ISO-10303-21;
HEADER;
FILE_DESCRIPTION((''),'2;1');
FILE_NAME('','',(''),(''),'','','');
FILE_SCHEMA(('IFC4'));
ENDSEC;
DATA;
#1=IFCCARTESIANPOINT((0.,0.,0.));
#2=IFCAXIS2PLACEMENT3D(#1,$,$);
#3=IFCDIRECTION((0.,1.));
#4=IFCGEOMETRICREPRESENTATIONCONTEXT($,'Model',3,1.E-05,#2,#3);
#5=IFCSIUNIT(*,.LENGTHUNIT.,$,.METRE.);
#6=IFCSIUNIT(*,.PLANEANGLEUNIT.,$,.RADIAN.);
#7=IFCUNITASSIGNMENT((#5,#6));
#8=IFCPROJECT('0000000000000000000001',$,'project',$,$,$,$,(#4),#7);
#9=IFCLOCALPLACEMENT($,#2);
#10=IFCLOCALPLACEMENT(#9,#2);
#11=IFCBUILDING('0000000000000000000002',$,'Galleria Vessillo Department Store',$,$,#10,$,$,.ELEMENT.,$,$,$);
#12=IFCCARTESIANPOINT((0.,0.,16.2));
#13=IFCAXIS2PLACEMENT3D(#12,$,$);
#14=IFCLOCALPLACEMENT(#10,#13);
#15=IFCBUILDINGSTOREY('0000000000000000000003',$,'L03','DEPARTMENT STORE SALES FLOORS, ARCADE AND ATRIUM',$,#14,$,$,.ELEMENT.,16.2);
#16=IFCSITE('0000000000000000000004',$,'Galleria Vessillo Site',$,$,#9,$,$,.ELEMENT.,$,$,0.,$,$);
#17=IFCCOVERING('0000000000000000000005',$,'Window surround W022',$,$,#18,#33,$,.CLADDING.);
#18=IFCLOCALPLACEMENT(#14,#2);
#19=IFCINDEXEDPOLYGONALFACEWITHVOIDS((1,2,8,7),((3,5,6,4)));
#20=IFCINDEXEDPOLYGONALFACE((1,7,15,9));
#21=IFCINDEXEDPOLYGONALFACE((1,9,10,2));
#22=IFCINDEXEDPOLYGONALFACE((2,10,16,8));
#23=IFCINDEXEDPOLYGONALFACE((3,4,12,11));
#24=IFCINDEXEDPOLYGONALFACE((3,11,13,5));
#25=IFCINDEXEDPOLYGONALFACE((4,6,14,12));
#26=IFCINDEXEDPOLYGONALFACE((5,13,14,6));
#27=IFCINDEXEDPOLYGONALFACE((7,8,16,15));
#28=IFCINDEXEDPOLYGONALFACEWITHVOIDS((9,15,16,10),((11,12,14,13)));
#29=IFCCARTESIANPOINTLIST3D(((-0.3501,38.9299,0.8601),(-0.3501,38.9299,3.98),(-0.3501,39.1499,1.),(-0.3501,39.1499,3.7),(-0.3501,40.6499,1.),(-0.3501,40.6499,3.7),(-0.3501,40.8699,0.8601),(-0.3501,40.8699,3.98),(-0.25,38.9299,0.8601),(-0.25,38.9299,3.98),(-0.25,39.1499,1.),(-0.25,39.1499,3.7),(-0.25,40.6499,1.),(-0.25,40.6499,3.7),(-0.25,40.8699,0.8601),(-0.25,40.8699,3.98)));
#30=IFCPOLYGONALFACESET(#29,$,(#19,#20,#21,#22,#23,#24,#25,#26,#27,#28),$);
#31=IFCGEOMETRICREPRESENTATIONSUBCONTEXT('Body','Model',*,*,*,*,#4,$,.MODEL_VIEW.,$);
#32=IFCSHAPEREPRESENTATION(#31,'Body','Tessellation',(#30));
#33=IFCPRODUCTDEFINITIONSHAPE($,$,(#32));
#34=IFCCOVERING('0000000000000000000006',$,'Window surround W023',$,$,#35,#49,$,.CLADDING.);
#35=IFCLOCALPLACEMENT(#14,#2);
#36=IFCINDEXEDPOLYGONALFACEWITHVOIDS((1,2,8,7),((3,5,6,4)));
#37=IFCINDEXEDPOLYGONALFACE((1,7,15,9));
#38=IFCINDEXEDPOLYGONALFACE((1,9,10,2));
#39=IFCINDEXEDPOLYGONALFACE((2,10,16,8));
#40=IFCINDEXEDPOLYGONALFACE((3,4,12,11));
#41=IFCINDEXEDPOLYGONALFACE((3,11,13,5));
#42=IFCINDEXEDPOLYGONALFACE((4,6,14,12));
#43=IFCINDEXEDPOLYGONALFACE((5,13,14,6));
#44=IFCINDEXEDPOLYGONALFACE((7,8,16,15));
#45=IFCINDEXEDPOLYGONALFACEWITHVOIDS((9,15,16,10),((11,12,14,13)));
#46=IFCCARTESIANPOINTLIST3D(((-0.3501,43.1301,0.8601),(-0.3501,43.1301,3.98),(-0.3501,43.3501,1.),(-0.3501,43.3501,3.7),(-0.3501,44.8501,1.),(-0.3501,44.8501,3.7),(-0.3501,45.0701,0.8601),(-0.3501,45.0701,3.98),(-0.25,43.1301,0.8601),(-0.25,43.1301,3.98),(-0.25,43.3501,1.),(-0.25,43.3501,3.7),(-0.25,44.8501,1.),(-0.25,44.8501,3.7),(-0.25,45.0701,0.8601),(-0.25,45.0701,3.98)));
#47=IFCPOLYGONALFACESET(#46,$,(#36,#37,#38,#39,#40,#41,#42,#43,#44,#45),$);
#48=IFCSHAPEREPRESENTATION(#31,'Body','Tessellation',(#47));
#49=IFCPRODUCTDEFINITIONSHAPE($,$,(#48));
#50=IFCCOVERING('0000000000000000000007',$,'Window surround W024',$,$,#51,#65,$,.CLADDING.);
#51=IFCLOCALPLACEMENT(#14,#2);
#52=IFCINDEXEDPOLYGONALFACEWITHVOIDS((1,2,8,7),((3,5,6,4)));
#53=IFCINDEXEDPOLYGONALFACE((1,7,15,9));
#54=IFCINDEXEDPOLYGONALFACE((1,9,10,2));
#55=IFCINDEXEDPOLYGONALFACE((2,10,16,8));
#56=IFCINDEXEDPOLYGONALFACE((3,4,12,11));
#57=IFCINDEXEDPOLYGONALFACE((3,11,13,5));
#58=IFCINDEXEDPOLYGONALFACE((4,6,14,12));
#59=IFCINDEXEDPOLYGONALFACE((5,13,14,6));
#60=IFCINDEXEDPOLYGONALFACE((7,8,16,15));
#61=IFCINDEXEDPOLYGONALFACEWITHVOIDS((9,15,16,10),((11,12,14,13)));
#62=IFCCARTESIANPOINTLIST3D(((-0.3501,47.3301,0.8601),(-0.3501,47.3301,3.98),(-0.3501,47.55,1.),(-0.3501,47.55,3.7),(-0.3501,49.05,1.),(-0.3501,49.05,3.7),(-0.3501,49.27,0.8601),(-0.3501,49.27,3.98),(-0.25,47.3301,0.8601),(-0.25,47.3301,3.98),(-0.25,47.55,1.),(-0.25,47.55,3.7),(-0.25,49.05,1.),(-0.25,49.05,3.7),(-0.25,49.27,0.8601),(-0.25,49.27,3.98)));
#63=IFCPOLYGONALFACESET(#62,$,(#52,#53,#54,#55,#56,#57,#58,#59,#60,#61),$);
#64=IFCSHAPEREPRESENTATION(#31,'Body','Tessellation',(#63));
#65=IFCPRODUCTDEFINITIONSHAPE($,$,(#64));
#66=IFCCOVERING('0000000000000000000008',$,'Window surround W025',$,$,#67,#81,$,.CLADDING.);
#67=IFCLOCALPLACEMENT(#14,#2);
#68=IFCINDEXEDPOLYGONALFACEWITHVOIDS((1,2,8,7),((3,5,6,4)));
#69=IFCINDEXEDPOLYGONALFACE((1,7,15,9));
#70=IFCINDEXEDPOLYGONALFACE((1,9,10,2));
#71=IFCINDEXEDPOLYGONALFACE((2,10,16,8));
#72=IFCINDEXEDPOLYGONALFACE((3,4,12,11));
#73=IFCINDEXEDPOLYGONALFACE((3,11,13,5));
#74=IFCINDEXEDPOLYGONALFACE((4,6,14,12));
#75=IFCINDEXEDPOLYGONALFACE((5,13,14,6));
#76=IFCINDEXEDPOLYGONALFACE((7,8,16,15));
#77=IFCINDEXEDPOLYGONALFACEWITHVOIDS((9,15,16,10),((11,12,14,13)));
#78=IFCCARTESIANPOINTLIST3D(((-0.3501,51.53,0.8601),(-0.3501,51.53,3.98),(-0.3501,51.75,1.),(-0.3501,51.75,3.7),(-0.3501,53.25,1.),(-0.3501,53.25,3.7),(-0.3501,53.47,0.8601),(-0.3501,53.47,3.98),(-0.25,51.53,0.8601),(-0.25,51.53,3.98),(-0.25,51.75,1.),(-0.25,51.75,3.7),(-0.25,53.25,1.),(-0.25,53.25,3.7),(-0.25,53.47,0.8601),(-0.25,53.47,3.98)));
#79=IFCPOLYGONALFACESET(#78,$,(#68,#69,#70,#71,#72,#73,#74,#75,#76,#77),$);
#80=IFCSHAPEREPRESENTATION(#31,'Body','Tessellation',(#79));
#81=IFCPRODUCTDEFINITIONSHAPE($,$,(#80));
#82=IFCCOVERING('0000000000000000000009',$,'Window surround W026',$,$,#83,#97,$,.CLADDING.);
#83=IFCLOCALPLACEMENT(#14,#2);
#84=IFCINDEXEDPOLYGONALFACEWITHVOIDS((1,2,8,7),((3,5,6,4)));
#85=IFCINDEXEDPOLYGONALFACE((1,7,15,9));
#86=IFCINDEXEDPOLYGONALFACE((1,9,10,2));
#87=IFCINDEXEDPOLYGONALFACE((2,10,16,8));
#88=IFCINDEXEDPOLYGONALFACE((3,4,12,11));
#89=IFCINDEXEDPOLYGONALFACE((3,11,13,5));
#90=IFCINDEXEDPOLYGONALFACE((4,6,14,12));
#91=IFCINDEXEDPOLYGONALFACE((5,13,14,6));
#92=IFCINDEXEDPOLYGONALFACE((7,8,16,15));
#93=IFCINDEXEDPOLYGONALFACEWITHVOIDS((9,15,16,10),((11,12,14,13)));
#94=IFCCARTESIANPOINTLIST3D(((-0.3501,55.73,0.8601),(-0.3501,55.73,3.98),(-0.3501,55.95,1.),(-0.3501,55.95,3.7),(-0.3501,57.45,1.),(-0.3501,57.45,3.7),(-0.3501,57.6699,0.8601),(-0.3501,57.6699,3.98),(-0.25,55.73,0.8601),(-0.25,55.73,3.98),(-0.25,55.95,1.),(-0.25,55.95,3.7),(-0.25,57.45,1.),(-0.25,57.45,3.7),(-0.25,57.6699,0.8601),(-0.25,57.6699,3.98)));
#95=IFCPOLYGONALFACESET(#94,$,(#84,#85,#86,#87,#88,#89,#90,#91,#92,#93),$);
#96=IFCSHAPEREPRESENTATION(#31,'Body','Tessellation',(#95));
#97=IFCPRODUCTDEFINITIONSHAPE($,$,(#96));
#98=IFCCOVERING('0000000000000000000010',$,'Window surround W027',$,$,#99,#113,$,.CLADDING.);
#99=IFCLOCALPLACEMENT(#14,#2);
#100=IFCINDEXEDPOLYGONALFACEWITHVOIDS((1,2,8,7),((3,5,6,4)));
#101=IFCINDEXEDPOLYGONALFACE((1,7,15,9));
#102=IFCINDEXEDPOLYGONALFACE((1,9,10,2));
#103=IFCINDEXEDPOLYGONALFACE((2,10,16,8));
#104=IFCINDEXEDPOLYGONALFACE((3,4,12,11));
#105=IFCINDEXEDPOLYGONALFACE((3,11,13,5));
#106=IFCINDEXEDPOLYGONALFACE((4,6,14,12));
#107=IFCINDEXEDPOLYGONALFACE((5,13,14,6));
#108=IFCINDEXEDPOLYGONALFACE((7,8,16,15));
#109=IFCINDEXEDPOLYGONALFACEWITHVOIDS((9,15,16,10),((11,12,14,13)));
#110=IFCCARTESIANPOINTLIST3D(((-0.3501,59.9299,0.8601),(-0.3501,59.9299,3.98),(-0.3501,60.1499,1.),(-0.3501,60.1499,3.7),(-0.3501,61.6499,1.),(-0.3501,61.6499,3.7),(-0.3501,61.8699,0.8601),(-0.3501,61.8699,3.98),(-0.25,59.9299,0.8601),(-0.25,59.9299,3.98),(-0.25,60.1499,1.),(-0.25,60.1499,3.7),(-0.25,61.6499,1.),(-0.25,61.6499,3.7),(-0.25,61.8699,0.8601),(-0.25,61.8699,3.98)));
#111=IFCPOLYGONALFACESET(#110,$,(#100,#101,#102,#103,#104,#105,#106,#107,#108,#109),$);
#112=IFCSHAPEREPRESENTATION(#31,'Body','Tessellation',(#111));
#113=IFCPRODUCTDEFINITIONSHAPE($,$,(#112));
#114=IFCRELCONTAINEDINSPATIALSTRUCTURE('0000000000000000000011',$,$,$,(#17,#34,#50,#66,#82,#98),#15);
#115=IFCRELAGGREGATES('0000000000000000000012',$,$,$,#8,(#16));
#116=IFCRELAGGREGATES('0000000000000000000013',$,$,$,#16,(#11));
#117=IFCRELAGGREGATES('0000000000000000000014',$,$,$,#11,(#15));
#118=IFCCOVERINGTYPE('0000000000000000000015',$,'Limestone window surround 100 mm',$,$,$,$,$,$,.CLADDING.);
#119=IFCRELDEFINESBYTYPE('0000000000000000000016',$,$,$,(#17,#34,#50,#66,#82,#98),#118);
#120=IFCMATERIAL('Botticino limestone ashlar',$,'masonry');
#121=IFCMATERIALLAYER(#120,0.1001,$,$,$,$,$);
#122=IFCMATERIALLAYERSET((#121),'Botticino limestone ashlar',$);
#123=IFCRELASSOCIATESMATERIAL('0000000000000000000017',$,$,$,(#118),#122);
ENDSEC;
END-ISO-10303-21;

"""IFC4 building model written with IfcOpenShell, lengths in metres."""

from ifc_helpers import new_model, si_unit, direction, frame, origin, place, context, subcontext, project, spatial, polyline, outline, extrude, material, layer, layer_set, type_object, element, save


model = new_model("IFC4")

# Units and contexts
model_context = context("Model", 3, precision=1e-05, world=origin(), true_north=direction((0.0, 1.0)))
body_context = subcontext(model_context, "Body", "Model", "MODEL_VIEW")
ifc_project = project(units=[si_unit("LENGTHUNIT", "METRE"), si_unit("PLANEANGLEUNIT", "RADIAN")], contexts=[model_context])

# Site, building, storey
site_placement = place(None, origin())
site = spatial("IfcSite", under=ifc_project, at=site_placement, Name="Galleria Vessillo Site", CompositionType="ELEMENT", RefElevation=0.0)
building_placement = place(site_placement, origin())
building = spatial("IfcBuilding", under=site, at=building_placement, Name="Galleria Vessillo Department Store", CompositionType="ELEMENT")
storey_placement = place(building_placement, frame((0.0, 0.0, 16.2)))
storey = spatial("IfcBuildingStorey", under=building, at=storey_placement, Name="L03", Description="DEPARTMENT STORE SALES FLOORS, ARCADE AND ATRIUM", CompositionType="ELEMENT", Elevation=16.2)

# Coverings
ifc_material_1 = material(Name="Botticino limestone ashlar", Category="masonry")
ifc_layer_1 = layer(ifc_material_1, 0.1001)
ifc_layer_set_1 = layer_set([ifc_layer_1], Name="Botticino limestone ashlar")
covering_type_1 = type_object("IfcCoveringType", Name="Limestone window surround 100 mm", PredefinedType="CLADDING", material=ifc_layer_set_1)
covering_1_placement = place(storey_placement, frame((-0.25, 0.0, 1.0), z_axis=(-1.0, 0.0, 0.0), x_axis=(0.0, -1.0, 0.0)))
element("IfcCovering", 1, at=covering_1_placement, inside=storey, type_object=covering_type_1, Name="Window surround W022", PredefinedType="CLADDING", context=body_context, shape_type="SweptSolid", body=[
    extrude(outline(polyline([(-38.9299, 2.98), (-40.8699, 2.98), (-40.8699, -0.1399), (-38.9299, -0.1399), (-38.9299, 2.98)]), holes=[polyline([(-39.1499, 2.7), (-40.6499, 2.7), (-40.6499, 0.0), (-39.1499, 0.0), (-39.1499, 2.7)])]), origin(), (0.0, 0.0, 1.0), 0.1001),
])
covering_2_placement = place(storey_placement, frame((-0.25, 0.0, 1.0), z_axis=(-1.0, 0.0, 0.0), x_axis=(0.0, -1.0, 0.0)))
element("IfcCovering", 2, at=covering_2_placement, inside=storey, type_object=covering_type_1, Name="Window surround W023", PredefinedType="CLADDING", context=body_context, shape_type="SweptSolid", body=[
    extrude(outline(polyline([(-43.1301, 2.98), (-45.0701, 2.98), (-45.0701, -0.1399), (-43.1301, -0.1399), (-43.1301, 2.98)]), holes=[polyline([(-43.3501, 2.7), (-44.8501, 2.7), (-44.8501, 0.0), (-43.3501, 0.0), (-43.3501, 2.7)])]), origin(), (0.0, 0.0, 1.0), 0.1001),
])
covering_3_placement = place(storey_placement, frame((-0.25, 0.0, 1.0), z_axis=(-1.0, 0.0, 0.0), x_axis=(0.0, -1.0, 0.0)))
element("IfcCovering", 3, at=covering_3_placement, inside=storey, type_object=covering_type_1, Name="Window surround W024", PredefinedType="CLADDING", context=body_context, shape_type="SweptSolid", body=[
    extrude(outline(polyline([(-47.3301, 2.98), (-49.27, 2.98), (-49.27, -0.1399), (-47.3301, -0.1399), (-47.3301, 2.98)]), holes=[polyline([(-47.55, 2.7), (-49.05, 2.7), (-49.05, 0.0), (-47.55, 0.0), (-47.55, 2.7)])]), origin(), (0.0, 0.0, 1.0), 0.1001),
])
covering_4_placement = place(storey_placement, frame((-0.25, 0.0, 1.0), z_axis=(-1.0, 0.0, 0.0), x_axis=(0.0, -1.0, 0.0)))
element("IfcCovering", 4, at=covering_4_placement, inside=storey, type_object=covering_type_1, Name="Window surround W025", PredefinedType="CLADDING", context=body_context, shape_type="SweptSolid", body=[
    extrude(outline(polyline([(-51.53, 2.98), (-53.47, 2.98), (-53.47, -0.1399), (-51.53, -0.1399), (-51.53, 2.98)]), holes=[polyline([(-51.75, 2.7), (-53.25, 2.7), (-53.25, 0.0), (-51.75, 0.0), (-51.75, 2.7)])]), origin(), (0.0, 0.0, 1.0), 0.1001),
])
covering_5_placement = place(storey_placement, frame((-0.25, 0.0, 1.0), z_axis=(-1.0, 0.0, 0.0), x_axis=(0.0, -1.0, 0.0)))
element("IfcCovering", 5, at=covering_5_placement, inside=storey, type_object=covering_type_1, Name="Window surround W026", PredefinedType="CLADDING", context=body_context, shape_type="SweptSolid", body=[
    extrude(outline(polyline([(-55.73, 2.98), (-57.6699, 2.98), (-57.6699, -0.1399), (-55.73, -0.1399), (-55.73, 2.98)]), holes=[polyline([(-55.95, 2.7), (-57.45, 2.7), (-57.45, 0.0), (-55.95, 0.0), (-55.95, 2.7)])]), origin(), (0.0, 0.0, 1.0), 0.1001),
])
covering_6_placement = place(storey_placement, frame((-0.25, 0.0, 1.0), z_axis=(-1.0, 0.0, 0.0), x_axis=(0.0, -1.0, 0.0)))
element("IfcCovering", 6, at=covering_6_placement, inside=storey, type_object=covering_type_1, Name="Window surround W027", PredefinedType="CLADDING", context=body_context, shape_type="SweptSolid", body=[
    extrude(outline(polyline([(-59.9299, 2.98), (-61.8699, 2.98), (-61.8699, -0.1399), (-59.9299, -0.1399), (-59.9299, 2.98)]), holes=[polyline([(-60.1499, 2.7), (-61.6499, 2.7), (-61.6499, 0.0), (-60.1499, 0.0), (-60.1499, 2.7)])]), origin(), (0.0, 0.0, 1.0), 0.1001),
])

save(model, "model.ifc")
